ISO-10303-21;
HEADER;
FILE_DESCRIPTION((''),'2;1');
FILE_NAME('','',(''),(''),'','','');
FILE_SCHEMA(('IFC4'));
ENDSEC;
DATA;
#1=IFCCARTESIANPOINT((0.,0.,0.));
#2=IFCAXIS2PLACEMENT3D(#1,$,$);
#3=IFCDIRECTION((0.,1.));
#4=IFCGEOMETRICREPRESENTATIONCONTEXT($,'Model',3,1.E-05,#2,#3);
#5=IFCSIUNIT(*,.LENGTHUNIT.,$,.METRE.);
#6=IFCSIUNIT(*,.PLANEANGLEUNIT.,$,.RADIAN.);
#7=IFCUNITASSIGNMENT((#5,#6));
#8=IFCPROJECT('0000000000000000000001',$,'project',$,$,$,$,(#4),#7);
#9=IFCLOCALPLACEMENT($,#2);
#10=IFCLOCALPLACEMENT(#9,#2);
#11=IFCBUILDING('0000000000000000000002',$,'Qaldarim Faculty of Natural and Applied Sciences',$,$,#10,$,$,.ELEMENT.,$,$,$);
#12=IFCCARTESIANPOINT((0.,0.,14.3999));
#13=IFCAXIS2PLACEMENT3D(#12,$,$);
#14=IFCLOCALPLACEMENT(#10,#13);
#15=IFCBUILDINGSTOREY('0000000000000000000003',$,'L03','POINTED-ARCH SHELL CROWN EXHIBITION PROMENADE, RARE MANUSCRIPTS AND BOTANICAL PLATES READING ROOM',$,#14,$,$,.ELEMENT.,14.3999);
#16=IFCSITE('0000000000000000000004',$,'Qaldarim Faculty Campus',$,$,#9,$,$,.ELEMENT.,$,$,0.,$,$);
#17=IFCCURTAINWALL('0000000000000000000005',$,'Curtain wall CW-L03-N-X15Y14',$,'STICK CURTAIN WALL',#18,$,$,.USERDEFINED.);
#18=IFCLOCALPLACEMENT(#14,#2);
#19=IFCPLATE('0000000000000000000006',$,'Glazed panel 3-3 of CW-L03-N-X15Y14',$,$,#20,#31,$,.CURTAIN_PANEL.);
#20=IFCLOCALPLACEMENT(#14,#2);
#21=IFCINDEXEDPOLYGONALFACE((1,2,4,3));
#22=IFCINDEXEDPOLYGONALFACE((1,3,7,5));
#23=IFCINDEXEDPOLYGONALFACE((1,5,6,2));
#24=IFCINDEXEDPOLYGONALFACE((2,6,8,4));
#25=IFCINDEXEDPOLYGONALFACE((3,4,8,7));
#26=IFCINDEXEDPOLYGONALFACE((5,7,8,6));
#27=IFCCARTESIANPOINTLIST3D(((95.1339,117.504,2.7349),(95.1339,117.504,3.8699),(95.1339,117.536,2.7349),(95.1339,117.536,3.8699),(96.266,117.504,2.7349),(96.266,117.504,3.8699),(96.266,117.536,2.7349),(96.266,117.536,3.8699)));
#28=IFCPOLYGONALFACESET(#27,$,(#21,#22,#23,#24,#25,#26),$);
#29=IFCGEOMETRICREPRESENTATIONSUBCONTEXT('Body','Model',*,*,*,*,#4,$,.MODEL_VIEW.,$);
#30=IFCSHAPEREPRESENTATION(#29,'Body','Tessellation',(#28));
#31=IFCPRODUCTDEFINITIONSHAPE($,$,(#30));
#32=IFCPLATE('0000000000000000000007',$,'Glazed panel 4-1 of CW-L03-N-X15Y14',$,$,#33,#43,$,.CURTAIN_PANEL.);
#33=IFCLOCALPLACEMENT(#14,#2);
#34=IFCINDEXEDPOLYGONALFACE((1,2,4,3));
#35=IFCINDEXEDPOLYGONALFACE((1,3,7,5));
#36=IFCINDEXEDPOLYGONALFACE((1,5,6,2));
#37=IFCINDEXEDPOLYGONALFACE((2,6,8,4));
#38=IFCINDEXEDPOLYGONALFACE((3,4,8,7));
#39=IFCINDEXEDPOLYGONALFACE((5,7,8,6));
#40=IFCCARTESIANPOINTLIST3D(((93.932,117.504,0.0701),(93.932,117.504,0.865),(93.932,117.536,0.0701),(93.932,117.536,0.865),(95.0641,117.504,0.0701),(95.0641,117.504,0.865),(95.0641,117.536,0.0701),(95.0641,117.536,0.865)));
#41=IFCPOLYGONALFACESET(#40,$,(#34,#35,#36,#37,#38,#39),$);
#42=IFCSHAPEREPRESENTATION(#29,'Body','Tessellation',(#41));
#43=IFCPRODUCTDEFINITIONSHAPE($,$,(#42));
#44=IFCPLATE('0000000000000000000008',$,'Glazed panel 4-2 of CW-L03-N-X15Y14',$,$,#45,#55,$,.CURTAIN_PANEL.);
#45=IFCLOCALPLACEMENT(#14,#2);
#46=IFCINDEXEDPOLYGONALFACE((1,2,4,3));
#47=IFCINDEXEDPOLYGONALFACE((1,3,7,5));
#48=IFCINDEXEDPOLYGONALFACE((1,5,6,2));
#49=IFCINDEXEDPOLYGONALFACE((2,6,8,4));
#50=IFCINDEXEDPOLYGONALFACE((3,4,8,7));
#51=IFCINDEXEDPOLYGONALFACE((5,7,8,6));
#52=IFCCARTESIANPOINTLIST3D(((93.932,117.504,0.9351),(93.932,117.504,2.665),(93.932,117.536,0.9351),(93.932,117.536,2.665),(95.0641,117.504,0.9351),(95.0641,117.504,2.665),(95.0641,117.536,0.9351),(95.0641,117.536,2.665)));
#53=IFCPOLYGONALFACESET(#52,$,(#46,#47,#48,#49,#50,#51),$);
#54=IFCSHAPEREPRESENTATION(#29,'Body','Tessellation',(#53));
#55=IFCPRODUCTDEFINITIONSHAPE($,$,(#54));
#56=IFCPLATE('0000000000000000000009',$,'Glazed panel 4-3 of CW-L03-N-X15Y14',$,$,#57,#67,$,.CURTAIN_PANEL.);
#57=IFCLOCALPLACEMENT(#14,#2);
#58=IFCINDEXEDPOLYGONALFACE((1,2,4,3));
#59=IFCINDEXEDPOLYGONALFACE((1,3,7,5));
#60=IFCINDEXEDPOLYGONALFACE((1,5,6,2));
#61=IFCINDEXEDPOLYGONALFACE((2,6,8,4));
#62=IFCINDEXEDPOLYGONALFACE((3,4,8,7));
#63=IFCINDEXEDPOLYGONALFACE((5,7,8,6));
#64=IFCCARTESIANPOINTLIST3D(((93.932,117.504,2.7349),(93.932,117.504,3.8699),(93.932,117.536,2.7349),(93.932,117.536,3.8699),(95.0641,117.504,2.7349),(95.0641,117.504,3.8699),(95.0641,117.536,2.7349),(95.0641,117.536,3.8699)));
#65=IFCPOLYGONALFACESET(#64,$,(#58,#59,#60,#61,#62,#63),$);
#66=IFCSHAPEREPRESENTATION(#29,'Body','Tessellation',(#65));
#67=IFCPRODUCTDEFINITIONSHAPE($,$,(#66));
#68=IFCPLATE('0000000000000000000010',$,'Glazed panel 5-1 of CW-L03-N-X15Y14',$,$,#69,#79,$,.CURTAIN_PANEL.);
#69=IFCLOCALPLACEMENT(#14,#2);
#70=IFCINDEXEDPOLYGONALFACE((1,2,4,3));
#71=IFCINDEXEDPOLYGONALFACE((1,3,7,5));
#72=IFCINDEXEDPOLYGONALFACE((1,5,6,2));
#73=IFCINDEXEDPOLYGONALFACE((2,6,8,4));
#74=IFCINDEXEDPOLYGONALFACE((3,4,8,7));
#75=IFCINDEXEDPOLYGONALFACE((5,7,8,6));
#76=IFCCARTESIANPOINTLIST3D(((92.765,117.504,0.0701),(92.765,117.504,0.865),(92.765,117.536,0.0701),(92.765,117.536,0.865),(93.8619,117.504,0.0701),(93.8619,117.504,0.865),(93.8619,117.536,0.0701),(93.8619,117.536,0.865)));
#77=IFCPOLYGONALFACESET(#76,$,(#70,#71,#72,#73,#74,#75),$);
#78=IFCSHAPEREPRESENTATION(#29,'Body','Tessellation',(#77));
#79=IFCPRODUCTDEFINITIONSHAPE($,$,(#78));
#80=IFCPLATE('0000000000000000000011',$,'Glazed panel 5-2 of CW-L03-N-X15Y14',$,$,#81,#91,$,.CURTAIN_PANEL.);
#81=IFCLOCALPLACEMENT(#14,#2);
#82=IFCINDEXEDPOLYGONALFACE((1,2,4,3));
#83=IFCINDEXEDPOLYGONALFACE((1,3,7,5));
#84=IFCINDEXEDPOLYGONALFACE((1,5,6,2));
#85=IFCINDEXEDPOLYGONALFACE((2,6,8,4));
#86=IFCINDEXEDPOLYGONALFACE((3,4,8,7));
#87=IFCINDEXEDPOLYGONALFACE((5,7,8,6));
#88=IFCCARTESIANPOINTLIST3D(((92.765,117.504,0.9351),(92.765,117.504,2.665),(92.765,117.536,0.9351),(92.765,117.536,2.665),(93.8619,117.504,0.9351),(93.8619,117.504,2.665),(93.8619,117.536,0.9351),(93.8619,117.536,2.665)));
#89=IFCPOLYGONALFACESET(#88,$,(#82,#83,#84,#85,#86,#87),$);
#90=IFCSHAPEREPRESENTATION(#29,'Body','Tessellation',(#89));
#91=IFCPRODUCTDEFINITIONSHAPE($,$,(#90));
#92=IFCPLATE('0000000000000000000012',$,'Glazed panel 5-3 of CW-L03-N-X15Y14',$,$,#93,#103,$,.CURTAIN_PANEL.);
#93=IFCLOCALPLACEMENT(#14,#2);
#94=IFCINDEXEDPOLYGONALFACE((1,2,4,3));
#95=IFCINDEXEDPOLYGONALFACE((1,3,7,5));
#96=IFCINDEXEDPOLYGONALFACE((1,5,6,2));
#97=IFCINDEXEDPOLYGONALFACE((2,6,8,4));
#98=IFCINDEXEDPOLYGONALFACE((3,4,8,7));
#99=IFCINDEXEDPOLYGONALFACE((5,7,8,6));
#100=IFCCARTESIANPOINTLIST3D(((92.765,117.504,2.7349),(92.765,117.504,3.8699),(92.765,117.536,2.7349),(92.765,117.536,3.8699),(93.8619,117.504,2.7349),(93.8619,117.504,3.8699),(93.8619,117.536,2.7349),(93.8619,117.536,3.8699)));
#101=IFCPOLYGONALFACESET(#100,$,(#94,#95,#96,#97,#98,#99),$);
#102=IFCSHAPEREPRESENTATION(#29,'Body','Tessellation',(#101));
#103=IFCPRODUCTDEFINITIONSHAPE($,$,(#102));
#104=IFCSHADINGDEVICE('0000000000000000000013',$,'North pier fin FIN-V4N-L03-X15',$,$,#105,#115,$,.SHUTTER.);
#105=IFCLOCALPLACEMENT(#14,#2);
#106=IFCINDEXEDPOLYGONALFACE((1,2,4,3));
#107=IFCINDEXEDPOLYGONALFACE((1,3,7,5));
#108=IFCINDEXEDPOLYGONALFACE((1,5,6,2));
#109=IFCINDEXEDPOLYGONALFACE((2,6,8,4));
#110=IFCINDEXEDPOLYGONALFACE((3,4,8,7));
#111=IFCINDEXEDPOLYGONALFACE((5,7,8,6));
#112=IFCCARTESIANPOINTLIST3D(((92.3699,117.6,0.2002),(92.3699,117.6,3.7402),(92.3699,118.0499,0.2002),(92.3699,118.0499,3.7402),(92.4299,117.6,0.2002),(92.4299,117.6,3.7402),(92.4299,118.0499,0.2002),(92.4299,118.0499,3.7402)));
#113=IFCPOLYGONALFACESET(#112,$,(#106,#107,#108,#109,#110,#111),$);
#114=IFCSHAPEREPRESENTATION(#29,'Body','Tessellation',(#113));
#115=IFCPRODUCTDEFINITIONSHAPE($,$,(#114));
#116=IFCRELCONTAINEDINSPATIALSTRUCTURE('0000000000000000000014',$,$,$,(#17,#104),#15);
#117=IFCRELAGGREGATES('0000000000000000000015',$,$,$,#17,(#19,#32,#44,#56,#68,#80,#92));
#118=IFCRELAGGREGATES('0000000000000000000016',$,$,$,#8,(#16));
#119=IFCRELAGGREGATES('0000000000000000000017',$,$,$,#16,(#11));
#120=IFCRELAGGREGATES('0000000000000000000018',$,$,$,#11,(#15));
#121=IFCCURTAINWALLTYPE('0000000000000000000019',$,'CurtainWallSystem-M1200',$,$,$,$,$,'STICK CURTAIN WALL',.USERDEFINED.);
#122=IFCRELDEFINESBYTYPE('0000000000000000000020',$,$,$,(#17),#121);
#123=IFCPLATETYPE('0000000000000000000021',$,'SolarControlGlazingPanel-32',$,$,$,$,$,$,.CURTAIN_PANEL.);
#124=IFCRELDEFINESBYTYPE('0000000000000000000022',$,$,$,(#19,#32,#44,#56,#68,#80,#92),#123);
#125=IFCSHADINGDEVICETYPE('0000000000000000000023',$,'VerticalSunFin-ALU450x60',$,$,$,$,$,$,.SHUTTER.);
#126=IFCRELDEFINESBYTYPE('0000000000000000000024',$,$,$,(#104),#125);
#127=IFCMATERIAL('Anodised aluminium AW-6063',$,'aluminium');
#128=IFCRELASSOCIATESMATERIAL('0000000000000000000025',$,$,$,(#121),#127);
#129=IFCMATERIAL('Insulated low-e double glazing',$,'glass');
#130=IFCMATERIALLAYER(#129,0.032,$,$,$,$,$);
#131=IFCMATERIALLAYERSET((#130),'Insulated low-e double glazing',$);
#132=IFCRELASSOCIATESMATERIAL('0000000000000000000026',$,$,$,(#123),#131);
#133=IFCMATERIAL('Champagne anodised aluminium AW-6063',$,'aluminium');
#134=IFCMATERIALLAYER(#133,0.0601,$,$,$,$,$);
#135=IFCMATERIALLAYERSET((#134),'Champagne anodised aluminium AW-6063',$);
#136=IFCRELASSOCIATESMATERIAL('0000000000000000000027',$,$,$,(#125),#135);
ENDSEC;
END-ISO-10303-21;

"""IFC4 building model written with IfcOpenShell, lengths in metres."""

from ifc_helpers import new_model, si_unit, direction, frame, origin, origin_2d, place, context, subcontext, project, spatial, rectangle, extrude, material, layer, layer_set, type_object, element, aggregate, save


model = new_model("IFC4")

# Units and contexts
model_context = context("Model", 3, precision=1e-05, world=origin(), true_north=direction((0.0, 1.0)))
body_context = subcontext(model_context, "Body", "Model", "MODEL_VIEW")
ifc_project = project(units=[si_unit("LENGTHUNIT", "METRE"), si_unit("PLANEANGLEUNIT", "RADIAN")], contexts=[model_context])

# Site, building, storey
site_placement = place(None, origin())
site = spatial("IfcSite", under=ifc_project, at=site_placement, Name="Qaldarim Faculty Campus", CompositionType="ELEMENT", RefElevation=0.0)
building_placement = place(site_placement, origin())
building = spatial("IfcBuilding", under=site, at=building_placement, Name="Qaldarim Faculty of Natural and Applied Sciences", CompositionType="ELEMENT")
storey_placement = place(building_placement, frame((0.0, 0.0, 14.3999)))
storey = spatial("IfcBuildingStorey", under=building, at=storey_placement, Name="L03", Description="POINTED-ARCH SHELL CROWN EXHIBITION PROMENADE, RARE MANUSCRIPTS AND BOTANICAL PLATES READING ROOM", CompositionType="ELEMENT", Elevation=14.3999)

# Curtain wall
ifc_material_1 = material(Name="Anodised aluminium AW-6063", Category="aluminium")
curtain_wall_type = type_object("IfcCurtainWallType", Name="CurtainWallSystem-M1200", ElementType="STICK CURTAIN WALL", PredefinedType="USERDEFINED", material=ifc_material_1)
curtain_wall_placement = place(storey_placement, origin())
curtain_wall = element("IfcCurtainWall", 1, at=curtain_wall_placement, inside=storey, type_object=curtain_wall_type, Name="Curtain wall CW-L03-N-X15Y14", ObjectType="STICK CURTAIN WALL", PredefinedType="USERDEFINED")

# Plates
ifc_material_2 = material(Name="Insulated low-e double glazing", Category="glass")
ifc_layer_1 = layer(ifc_material_2, 0.032)
ifc_layer_set_1 = layer_set([ifc_layer_1], Name="Insulated low-e double glazing")
plate_type = type_object("IfcPlateType", Name="SolarControlGlazingPanel-32", PredefinedType="CURTAIN_PANEL", material=ifc_layer_set_1)
plate_1_placement = place(storey_placement, frame((95.7, 117.52, 2.7349), z_axis=(0.0, 0.0, 1.0), x_axis=(-1.0, 0.0, 0.0)))
plate_1 = element("IfcPlate", 2, at=plate_1_placement, type_object=plate_type, Name="Glazed panel 3-3 of CW-L03-N-X15Y14", PredefinedType="CURTAIN_PANEL", context=body_context, shape_type="SweptSolid", body=[
    extrude(rectangle(XDim=1.1321, YDim=0.032, at=origin_2d()), origin(), (0.0, 0.0, 1.0), 1.135),
])
plate_2_placement = place(storey_placement, frame((94.498, 117.52, 0.0701), z_axis=(0.0, 0.0, 1.0), x_axis=(-1.0, 0.0, 0.0)))
plate_2 = element("IfcPlate", 3, at=plate_2_placement, type_object=plate_type, Name="Glazed panel 4-1 of CW-L03-N-X15Y14", PredefinedType="CURTAIN_PANEL", context=body_context, shape_type="SweptSolid", body=[
    extrude(rectangle(XDim=1.1321, YDim=0.032, at=origin_2d()), origin(), (0.0, 0.0, 1.0), 0.7949),
])
plate_3_placement = place(storey_placement, frame((94.498, 117.52, 0.9351), z_axis=(0.0, 0.0, 1.0), x_axis=(-1.0, 0.0, 0.0)))
plate_3 = element("IfcPlate", 4, at=plate_3_placement, type_object=plate_type, Name="Glazed panel 4-2 of CW-L03-N-X15Y14", PredefinedType="CURTAIN_PANEL", context=body_context, shape_type="SweptSolid", body=[
    extrude(rectangle(XDim=1.1321, YDim=0.032, at=origin_2d()), origin(), (0.0, 0.0, 1.0), 1.73),
])
plate_4_placement = place(storey_placement, frame((94.498, 117.52, 2.7349), z_axis=(0.0, 0.0, 1.0), x_axis=(-1.0, 0.0, 0.0)))
plate_4 = element("IfcPlate", 5, at=plate_4_placement, type_object=plate_type, Name="Glazed panel 4-3 of CW-L03-N-X15Y14", PredefinedType="CURTAIN_PANEL", context=body_context, shape_type="SweptSolid", body=[
    extrude(rectangle(XDim=1.1321, YDim=0.032, at=origin_2d()), origin(), (0.0, 0.0, 1.0), 1.135),
])
plate_5_placement = place(storey_placement, frame((93.3135, 117.52, 0.0701), z_axis=(0.0, 0.0, 1.0), x_axis=(-1.0, 0.0, 0.0)))
plate_5 = element("IfcPlate", 6, at=plate_5_placement, type_object=plate_type, Name="Glazed panel 5-1 of CW-L03-N-X15Y14", PredefinedType="CURTAIN_PANEL", context=body_context, shape_type="SweptSolid", body=[
    extrude(rectangle(XDim=1.0969, YDim=0.032, at=origin_2d()), origin(), (0.0, 0.0, 1.0), 0.7949),
])
plate_6_placement = place(storey_placement, frame((93.3135, 117.52, 0.9351), z_axis=(0.0, 0.0, 1.0), x_axis=(-1.0, 0.0, 0.0)))
plate_6 = element("IfcPlate", 7, at=plate_6_placement, type_object=plate_type, Name="Glazed panel 5-2 of CW-L03-N-X15Y14", PredefinedType="CURTAIN_PANEL", context=body_context, shape_type="SweptSolid", body=[
    extrude(rectangle(XDim=1.0969, YDim=0.032, at=origin_2d()), origin(), (0.0, 0.0, 1.0), 1.73),
])
plate_7_placement = place(storey_placement, frame((93.3135, 117.52, 2.7349), z_axis=(0.0, 0.0, 1.0), x_axis=(-1.0, 0.0, 0.0)))
plate_7 = element("IfcPlate", 8, at=plate_7_placement, type_object=plate_type, Name="Glazed panel 5-3 of CW-L03-N-X15Y14", PredefinedType="CURTAIN_PANEL", context=body_context, shape_type="SweptSolid", body=[
    extrude(rectangle(XDim=1.0969, YDim=0.032, at=origin_2d()), origin(), (0.0, 0.0, 1.0), 1.135),
])
aggregate(curtain_wall, [plate_1, plate_2, plate_3, plate_4, plate_5, plate_6, plate_7])

# Shading device
ifc_material_3 = material(Name="Champagne anodised aluminium AW-6063", Category="aluminium")
ifc_layer_2 = layer(ifc_material_3, 0.0601)
ifc_layer_set_2 = layer_set([ifc_layer_2], Name="Champagne anodised aluminium AW-6063")
shading_device_type = type_object("IfcShadingDeviceType", Name="VerticalSunFin-ALU450x60", PredefinedType="SHUTTER", material=ifc_layer_set_2)
shading_device_placement = place(storey_placement, frame((92.3999, 117.825, 0.2002), z_axis=(0.0, 0.0, 1.0), x_axis=(1.0, 0.0, 0.0)))
element("IfcShadingDevice", 9, at=shading_device_placement, inside=storey, type_object=shading_device_type, Name="North pier fin FIN-V4N-L03-X15", PredefinedType="SHUTTER", context=body_context, shape_type="SweptSolid", body=[
    extrude(rectangle(XDim=0.0601, YDim=0.45, at=origin_2d()), origin(), (0.0, 0.0, 1.0), 3.54),
])

save(model, "model.ifc")
